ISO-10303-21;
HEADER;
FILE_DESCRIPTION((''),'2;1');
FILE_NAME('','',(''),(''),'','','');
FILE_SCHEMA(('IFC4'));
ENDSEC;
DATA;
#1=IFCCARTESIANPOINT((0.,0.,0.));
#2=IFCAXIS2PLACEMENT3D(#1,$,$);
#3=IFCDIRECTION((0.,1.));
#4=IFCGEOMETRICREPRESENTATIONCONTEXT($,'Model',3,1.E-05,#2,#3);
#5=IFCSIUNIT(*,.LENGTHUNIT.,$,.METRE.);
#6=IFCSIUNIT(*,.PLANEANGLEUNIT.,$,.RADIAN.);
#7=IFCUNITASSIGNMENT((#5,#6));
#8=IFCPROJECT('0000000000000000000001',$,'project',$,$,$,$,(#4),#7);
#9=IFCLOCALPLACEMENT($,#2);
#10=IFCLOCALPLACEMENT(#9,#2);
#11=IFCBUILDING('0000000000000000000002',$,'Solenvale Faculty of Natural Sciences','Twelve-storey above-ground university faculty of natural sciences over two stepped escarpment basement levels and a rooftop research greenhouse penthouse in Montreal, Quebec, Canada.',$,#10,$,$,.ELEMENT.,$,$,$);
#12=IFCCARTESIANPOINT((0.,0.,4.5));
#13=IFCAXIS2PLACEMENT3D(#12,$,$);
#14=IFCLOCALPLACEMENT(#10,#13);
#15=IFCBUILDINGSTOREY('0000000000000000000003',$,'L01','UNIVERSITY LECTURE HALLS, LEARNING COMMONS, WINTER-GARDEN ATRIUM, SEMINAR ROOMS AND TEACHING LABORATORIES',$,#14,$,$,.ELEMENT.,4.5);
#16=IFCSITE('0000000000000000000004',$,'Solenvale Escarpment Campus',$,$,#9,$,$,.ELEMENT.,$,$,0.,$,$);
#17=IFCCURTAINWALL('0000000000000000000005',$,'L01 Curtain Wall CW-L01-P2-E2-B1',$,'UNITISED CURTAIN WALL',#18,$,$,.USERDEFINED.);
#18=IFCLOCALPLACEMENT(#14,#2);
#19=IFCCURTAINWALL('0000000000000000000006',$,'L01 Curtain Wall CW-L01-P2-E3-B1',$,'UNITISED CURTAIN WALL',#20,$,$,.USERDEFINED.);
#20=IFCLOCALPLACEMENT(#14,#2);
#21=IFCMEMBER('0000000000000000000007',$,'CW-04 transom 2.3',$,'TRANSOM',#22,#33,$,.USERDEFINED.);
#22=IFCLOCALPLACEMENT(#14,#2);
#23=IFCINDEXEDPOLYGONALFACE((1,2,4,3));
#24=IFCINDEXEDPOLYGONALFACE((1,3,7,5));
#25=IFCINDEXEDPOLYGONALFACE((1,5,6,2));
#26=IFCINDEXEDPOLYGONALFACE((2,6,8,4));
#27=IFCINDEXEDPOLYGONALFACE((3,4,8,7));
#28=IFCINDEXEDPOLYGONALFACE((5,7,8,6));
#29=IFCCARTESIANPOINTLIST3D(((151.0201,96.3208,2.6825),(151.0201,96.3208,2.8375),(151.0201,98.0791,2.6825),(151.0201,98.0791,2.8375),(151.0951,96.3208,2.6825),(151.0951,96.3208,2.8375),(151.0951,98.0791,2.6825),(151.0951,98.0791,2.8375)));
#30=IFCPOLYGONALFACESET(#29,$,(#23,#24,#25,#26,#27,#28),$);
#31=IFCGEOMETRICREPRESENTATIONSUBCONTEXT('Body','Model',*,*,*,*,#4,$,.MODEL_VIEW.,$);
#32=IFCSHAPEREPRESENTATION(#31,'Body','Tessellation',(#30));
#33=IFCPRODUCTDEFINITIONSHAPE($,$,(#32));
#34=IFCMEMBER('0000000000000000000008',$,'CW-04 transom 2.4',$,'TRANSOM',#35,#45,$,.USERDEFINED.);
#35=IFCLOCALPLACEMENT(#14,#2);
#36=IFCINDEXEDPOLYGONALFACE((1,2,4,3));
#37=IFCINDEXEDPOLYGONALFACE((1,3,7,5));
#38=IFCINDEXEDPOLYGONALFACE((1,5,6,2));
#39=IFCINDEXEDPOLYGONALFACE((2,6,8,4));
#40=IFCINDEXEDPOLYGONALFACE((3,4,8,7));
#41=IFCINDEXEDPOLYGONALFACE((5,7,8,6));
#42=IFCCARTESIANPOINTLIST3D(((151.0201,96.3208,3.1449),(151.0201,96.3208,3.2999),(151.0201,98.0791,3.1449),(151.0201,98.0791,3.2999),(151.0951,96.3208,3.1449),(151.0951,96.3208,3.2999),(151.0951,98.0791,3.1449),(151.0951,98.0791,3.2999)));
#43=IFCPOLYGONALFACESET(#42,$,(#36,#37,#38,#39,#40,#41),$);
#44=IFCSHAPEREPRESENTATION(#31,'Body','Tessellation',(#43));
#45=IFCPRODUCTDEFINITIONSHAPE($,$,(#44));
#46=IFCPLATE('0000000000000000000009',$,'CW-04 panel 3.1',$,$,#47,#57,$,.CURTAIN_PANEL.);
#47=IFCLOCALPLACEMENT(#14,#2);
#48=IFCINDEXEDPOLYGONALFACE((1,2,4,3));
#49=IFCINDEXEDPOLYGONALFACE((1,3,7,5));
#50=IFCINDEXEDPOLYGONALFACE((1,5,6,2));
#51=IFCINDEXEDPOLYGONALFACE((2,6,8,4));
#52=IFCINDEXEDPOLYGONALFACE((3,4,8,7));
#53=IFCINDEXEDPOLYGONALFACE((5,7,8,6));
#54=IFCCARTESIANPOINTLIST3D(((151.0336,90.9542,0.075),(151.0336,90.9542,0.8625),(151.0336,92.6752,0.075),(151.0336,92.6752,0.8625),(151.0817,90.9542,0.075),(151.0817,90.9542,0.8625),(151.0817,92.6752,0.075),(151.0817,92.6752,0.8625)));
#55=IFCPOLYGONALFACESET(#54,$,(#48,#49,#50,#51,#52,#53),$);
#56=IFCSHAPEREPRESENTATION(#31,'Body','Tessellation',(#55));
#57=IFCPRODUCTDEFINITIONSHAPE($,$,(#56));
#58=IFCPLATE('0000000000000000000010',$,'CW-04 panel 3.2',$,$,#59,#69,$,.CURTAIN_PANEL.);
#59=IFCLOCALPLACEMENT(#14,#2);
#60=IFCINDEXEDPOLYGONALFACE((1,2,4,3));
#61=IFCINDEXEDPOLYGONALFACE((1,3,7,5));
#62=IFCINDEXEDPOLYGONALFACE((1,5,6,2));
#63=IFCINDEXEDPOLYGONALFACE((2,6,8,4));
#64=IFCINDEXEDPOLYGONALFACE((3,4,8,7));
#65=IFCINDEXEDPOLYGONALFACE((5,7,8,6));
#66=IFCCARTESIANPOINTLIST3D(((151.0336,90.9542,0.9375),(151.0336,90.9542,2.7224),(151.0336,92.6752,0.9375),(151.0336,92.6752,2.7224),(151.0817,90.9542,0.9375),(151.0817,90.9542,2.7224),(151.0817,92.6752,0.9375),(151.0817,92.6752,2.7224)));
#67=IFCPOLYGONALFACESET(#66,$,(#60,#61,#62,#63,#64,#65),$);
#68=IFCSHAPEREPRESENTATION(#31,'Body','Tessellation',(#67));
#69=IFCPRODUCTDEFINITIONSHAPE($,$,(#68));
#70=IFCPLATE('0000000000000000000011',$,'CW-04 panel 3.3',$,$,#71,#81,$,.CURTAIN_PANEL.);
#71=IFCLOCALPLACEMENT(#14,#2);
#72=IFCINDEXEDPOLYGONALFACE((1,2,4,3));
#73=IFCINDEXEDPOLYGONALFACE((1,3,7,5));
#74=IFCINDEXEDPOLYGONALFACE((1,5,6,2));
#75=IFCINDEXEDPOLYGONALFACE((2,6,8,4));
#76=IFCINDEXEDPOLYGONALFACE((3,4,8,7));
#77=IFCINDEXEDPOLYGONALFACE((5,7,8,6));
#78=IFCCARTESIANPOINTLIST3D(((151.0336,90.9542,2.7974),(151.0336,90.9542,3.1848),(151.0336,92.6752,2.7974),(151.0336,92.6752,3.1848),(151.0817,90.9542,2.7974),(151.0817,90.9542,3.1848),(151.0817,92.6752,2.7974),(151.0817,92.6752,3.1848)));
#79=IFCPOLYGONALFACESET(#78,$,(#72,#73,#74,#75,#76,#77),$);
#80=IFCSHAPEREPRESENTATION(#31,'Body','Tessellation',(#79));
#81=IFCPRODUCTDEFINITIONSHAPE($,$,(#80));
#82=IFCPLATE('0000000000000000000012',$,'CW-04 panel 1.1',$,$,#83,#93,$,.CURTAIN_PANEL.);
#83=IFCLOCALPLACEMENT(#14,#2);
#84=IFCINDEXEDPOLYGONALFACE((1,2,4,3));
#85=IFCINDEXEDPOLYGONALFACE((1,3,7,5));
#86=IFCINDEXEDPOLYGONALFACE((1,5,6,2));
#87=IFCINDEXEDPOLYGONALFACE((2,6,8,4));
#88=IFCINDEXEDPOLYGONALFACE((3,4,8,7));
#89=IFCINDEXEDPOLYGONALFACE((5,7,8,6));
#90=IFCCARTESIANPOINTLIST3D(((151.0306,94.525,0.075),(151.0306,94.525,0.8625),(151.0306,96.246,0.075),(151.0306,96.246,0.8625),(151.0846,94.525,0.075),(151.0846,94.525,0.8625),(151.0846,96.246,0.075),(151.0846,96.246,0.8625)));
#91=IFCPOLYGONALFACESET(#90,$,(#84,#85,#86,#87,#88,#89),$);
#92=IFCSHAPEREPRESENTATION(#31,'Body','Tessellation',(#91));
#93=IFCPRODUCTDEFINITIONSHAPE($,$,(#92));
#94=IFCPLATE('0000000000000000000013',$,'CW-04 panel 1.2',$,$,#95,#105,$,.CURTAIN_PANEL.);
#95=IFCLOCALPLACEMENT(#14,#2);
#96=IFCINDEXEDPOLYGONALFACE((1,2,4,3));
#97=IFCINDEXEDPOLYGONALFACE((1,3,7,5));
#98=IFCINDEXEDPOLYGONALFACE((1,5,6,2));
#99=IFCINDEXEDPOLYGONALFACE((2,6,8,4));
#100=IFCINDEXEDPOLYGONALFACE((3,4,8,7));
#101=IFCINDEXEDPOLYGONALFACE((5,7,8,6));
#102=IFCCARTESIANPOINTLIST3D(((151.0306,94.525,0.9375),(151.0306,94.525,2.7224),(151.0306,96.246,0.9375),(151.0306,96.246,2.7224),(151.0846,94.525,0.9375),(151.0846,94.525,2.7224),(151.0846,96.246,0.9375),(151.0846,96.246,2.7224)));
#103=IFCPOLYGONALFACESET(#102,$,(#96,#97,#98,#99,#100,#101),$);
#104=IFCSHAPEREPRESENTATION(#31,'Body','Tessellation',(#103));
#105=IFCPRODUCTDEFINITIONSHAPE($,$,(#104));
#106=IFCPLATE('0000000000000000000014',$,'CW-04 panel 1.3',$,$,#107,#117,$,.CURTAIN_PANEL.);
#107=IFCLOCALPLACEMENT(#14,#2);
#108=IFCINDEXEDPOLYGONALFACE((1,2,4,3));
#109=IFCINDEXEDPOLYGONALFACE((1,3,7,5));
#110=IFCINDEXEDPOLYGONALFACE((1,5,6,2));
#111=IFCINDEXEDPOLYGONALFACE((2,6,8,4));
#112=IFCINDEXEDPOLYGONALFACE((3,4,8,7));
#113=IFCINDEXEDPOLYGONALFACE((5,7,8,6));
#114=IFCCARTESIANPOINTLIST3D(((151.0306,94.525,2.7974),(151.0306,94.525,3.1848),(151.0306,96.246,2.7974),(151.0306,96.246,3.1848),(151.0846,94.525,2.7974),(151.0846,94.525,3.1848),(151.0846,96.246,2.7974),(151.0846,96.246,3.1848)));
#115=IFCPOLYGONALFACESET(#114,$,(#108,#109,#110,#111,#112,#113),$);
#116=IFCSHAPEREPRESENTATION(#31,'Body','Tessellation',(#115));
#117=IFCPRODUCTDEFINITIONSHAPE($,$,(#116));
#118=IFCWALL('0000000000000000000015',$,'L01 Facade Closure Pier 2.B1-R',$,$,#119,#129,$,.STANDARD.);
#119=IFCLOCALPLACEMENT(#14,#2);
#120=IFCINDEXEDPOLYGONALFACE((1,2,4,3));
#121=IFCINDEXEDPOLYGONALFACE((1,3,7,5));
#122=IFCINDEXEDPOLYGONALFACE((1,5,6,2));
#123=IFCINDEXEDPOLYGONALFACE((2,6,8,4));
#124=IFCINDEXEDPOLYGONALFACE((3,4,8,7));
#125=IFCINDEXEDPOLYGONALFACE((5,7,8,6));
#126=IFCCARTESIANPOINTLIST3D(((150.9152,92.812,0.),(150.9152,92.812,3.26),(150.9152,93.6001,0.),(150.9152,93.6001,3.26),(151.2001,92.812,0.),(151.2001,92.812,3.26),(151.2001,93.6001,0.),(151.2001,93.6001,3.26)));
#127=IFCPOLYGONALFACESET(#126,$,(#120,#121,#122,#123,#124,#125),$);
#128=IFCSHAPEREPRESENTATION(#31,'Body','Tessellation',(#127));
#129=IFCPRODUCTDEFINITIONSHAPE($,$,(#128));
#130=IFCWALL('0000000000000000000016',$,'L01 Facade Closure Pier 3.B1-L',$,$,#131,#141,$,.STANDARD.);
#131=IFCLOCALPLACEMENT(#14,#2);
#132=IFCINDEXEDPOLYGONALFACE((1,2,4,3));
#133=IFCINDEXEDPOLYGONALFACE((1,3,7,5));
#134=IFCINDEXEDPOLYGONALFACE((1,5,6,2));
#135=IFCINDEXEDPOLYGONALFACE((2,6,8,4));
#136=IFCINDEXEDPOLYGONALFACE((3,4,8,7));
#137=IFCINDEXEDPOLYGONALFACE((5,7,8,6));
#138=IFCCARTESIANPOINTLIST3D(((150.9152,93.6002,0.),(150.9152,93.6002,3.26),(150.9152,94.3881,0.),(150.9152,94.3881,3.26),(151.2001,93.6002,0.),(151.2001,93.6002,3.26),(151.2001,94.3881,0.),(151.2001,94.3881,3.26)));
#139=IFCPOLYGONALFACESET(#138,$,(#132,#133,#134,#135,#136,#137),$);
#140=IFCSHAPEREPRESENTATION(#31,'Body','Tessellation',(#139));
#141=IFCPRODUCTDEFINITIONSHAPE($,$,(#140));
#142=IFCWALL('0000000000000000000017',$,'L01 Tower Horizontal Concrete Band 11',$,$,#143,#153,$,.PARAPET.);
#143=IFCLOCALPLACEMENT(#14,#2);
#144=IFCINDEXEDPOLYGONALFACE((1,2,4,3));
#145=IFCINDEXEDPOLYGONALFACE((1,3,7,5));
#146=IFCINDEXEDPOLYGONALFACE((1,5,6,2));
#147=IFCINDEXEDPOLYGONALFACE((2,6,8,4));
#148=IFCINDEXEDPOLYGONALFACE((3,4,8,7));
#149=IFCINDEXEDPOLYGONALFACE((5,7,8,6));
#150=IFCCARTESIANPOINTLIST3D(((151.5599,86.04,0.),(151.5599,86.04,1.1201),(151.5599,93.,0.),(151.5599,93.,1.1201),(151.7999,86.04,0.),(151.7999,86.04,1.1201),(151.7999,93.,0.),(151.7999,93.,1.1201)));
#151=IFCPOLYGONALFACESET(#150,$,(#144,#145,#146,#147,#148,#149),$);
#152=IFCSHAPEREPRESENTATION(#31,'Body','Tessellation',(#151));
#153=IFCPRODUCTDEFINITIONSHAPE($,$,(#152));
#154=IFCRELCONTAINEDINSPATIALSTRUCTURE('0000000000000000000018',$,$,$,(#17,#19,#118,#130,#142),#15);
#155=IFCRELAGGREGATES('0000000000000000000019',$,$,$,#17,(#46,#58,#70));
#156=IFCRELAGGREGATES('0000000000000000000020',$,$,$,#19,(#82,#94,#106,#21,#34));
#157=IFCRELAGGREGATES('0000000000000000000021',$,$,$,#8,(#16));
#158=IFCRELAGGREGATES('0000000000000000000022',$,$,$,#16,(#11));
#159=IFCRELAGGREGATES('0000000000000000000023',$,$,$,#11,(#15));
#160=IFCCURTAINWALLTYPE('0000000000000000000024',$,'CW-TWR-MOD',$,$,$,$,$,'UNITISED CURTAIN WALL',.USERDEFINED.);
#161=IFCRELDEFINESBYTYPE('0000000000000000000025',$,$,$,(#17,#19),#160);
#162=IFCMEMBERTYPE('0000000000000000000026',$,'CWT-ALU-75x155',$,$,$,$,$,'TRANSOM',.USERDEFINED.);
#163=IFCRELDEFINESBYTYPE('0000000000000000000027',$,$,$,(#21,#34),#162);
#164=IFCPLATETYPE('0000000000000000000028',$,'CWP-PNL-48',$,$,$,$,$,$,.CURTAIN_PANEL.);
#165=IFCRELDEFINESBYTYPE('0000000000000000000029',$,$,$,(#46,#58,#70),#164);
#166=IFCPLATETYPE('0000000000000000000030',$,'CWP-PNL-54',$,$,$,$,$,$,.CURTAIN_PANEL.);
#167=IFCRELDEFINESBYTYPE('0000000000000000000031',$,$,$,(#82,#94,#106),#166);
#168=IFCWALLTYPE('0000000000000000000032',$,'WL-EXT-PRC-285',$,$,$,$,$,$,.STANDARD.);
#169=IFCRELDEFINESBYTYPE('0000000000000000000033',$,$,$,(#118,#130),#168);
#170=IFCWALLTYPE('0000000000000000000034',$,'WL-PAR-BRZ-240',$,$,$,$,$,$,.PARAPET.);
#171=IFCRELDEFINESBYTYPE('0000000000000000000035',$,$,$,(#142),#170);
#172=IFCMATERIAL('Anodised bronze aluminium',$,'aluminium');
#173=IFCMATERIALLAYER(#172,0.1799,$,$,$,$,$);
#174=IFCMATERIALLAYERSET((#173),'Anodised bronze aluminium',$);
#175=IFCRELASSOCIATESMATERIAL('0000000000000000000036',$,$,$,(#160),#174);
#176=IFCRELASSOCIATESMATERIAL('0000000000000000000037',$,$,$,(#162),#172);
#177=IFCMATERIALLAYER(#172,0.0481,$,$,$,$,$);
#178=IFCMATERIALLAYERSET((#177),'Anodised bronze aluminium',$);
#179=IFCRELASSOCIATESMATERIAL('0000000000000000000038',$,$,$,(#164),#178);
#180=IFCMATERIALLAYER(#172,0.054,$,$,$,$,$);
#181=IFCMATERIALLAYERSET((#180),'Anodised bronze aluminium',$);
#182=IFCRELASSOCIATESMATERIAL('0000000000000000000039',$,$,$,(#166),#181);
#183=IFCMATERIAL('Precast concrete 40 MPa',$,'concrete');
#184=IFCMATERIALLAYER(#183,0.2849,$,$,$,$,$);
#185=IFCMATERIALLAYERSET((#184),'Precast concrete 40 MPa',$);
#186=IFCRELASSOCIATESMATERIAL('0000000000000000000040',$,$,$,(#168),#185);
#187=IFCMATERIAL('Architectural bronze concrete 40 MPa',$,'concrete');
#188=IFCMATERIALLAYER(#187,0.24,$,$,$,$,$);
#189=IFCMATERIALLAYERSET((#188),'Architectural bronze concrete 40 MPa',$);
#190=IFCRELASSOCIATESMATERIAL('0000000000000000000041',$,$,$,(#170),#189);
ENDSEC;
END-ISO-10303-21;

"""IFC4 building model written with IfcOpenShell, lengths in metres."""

from ifc_helpers import new_model, si_unit, direction, frame, frame_2d, origin, origin_2d, place, context, subcontext, project, spatial, rectangle, extrude, material, layer, layer_set, material_profile, profile_set, type_object, element, aggregate, save


model = new_model("IFC4")

# Units and contexts
model_context = context("Model", 3, precision=1e-05, world=origin(), true_north=direction((0.0, 1.0)))
body_context = subcontext(model_context, "Body", "Model", "MODEL_VIEW")
ifc_project = project(units=[si_unit("LENGTHUNIT", "METRE"), si_unit("PLANEANGLEUNIT", "RADIAN")], contexts=[model_context])

# Site, building, storey
site_placement = place(None, origin())
site = spatial("IfcSite", under=ifc_project, at=site_placement, Name="Solenvale Escarpment Campus", CompositionType="ELEMENT", RefElevation=0.0)
building_placement = place(site_placement, origin())
building = spatial("IfcBuilding", under=site, at=building_placement, Name="Solenvale Faculty of Natural Sciences", Description="Twelve-storey above-ground university faculty of natural sciences over two stepped escarpment basement levels and a rooftop research greenhouse penthouse in Montreal, Quebec, Canada.", CompositionType="ELEMENT")
storey_placement = place(building_placement, frame((0.0, 0.0, 4.5)))
storey = spatial("IfcBuildingStorey", under=building, at=storey_placement, Name="L01", Description="UNIVERSITY LECTURE HALLS, LEARNING COMMONS, WINTER-GARDEN ATRIUM, SEMINAR ROOMS AND TEACHING LABORATORIES", CompositionType="ELEMENT", Elevation=4.5)

# Curtain wall
ifc_material_1 = material(Name="Anodised bronze aluminium", Category="aluminium")
ifc_layer_1 = layer(ifc_material_1, 0.1799)
ifc_layer_set_1 = layer_set([ifc_layer_1], Name="Anodised bronze aluminium")
curtain_wall_type = type_object("IfcCurtainWallType", Name="CW-TWR-MOD", ElementType="UNITISED CURTAIN WALL", PredefinedType="USERDEFINED", material=ifc_layer_set_1)
curtain_wall_1_placement = place(storey_placement, origin())
curtain_wall_1 = element("IfcCurtainWall", 1, at=curtain_wall_1_placement, inside=storey, type_object=curtain_wall_type, Name="L01 Curtain Wall CW-L01-P2-E2-B1", ObjectType="UNITISED CURTAIN WALL", PredefinedType="USERDEFINED")

# Curtain wall
curtain_wall_2_placement = place(storey_placement, origin())
curtain_wall_2 = element("IfcCurtainWall", 2, at=curtain_wall_2_placement, inside=storey, type_object=curtain_wall_type, Name="L01 Curtain Wall CW-L01-P2-E3-B1", ObjectType="UNITISED CURTAIN WALL", PredefinedType="USERDEFINED")

# Members
ifc_material_profile_1 = material_profile(ifc_material_1, rectangle(XDim=0.075, YDim=0.155, at=origin_2d()), Name="ALU-TRN-75x155")
ifc_profile_set_1 = profile_set([ifc_material_profile_1], Name="Anodised bronze aluminium")
member_type_1 = type_object("IfcMemberType", Name="CWT-ALU-75x155", ElementType="TRANSOM", PredefinedType="USERDEFINED", material=ifc_profile_set_1)
member_1_placement = place(storey_placement, frame((151.0576, 96.3208, 2.76), z_axis=(0.0, 1.0, 0.0), x_axis=(-1.0, 0.0, 0.0)))
member_1 = element("IfcMember", 3, at=member_1_placement, type_object=member_type_1, Name="CW-04 transom 2.3", ObjectType="TRANSOM", PredefinedType="USERDEFINED", context=body_context, shape_type="SweptSolid", body=[
    extrude(rectangle(XDim=0.075, YDim=0.155, at=origin_2d()), origin(), (0.0, 0.0, 1.0), 1.7583),
])
member_2_placement = place(storey_placement, frame((151.0576, 96.3208, 3.2224), z_axis=(0.0, 1.0, 0.0), x_axis=(-1.0, 0.0, 0.0)))
member_2 = element("IfcMember", 4, at=member_2_placement, type_object=member_type_1, Name="CW-04 transom 2.4", ObjectType="TRANSOM", PredefinedType="USERDEFINED", context=body_context, shape_type="SweptSolid", body=[
    extrude(rectangle(XDim=0.075, YDim=0.155, at=origin_2d()), origin(), (0.0, 0.0, 1.0), 1.7583),
])

# Plates
ifc_layer_2 = layer(ifc_material_1, 0.0481)
ifc_layer_set_2 = layer_set([ifc_layer_2], Name="Anodised bronze aluminium")
plate_type_1 = type_object("IfcPlateType", Name="CWP-PNL-48", PredefinedType="CURTAIN_PANEL", material=ifc_layer_set_2)
plate_1_placement = place(storey_placement, frame((151.0576, 91.8147, 0.075), z_axis=(0.0, 0.0, 1.0), x_axis=(0.0, 1.0, 0.0)))
plate_1 = element("IfcPlate", 5, at=plate_1_placement, type_object=plate_type_1, Name="CW-04 panel 3.1", PredefinedType="CURTAIN_PANEL", context=body_context, shape_type="SweptSolid", body=[
    extrude(rectangle(XDim=1.7209, YDim=0.0481, at=origin_2d()), origin(), (0.0, 0.0, 1.0), 0.7876),
])
plate_2_placement = place(storey_placement, frame((151.0576, 91.8147, 0.9375), z_axis=(0.0, 0.0, 1.0), x_axis=(0.0, 1.0, 0.0)))
plate_2 = element("IfcPlate", 6, at=plate_2_placement, type_object=plate_type_1, Name="CW-04 panel 3.2", PredefinedType="CURTAIN_PANEL", context=body_context, shape_type="SweptSolid", body=[
    extrude(rectangle(XDim=1.7209, YDim=0.0481, at=origin_2d()), origin(), (0.0, 0.0, 1.0), 1.7849),
])
plate_3_placement = place(storey_placement, frame((151.0576, 91.8147, 2.7974), z_axis=(0.0, 0.0, 1.0), x_axis=(0.0, 1.0, 0.0)))
plate_3 = element("IfcPlate", 7, at=plate_3_placement, type_object=plate_type_1, Name="CW-04 panel 3.3", PredefinedType="CURTAIN_PANEL", context=body_context, shape_type="SweptSolid", body=[
    extrude(rectangle(XDim=1.7209, YDim=0.0481, at=origin_2d()), origin(), (0.0, 0.0, 1.0), 0.3875),
])
aggregate(curtain_wall_1, [plate_1, plate_2, plate_3])
ifc_layer_3 = layer(ifc_material_1, 0.054)
ifc_layer_set_3 = layer_set([ifc_layer_3], Name="Anodised bronze aluminium")
plate_type_2 = type_object("IfcPlateType", Name="CWP-PNL-54", PredefinedType="CURTAIN_PANEL", material=ifc_layer_set_3)
plate_4_placement = place(storey_placement, frame((151.0576, 95.3855, 0.075), z_axis=(0.0, 0.0, 1.0), x_axis=(0.0, 1.0, 0.0)))
plate_4 = element("IfcPlate", 8, at=plate_4_placement, type_object=plate_type_2, Name="CW-04 panel 1.1", PredefinedType="CURTAIN_PANEL", context=body_context, shape_type="SweptSolid", body=[
    extrude(rectangle(XDim=1.7209, YDim=0.054, at=origin_2d()), origin(), (0.0, 0.0, 1.0), 0.7876),
])
plate_5_placement = place(storey_placement, frame((151.0576, 95.3855, 0.9375), z_axis=(0.0, 0.0, 1.0), x_axis=(0.0, 1.0, 0.0)))
plate_5 = element("IfcPlate", 9, at=plate_5_placement, type_object=plate_type_2, Name="CW-04 panel 1.2", PredefinedType="CURTAIN_PANEL", context=body_context, shape_type="SweptSolid", body=[
    extrude(rectangle(XDim=1.7209, YDim=0.054, at=origin_2d()), origin(), (0.0, 0.0, 1.0), 1.7849),
])
plate_6_placement = place(storey_placement, frame((151.0576, 95.3855, 2.7974), z_axis=(0.0, 0.0, 1.0), x_axis=(0.0, 1.0, 0.0)))
plate_6 = element("IfcPlate", 10, at=plate_6_placement, type_object=plate_type_2, Name="CW-04 panel 1.3", PredefinedType="CURTAIN_PANEL", context=body_context, shape_type="SweptSolid", body=[
    extrude(rectangle(XDim=1.7209, YDim=0.054, at=origin_2d()), origin(), (0.0, 0.0, 1.0), 0.3875),
])
aggregate(curtain_wall_2, [plate_4, plate_5, plate_6, member_1, member_2])

# Walls
ifc_material_2 = material(Name="Precast concrete 40 MPa", Category="concrete")
ifc_layer_4 = layer(ifc_material_2, 0.2849)
ifc_layer_set_4 = layer_set([ifc_layer_4], Name="Precast concrete 40 MPa")
wall_type_1 = type_object("IfcWallType", Name="WL-EXT-PRC-285", PredefinedType="STANDARD", material=ifc_layer_set_4)
wall_1_placement = place(storey_placement, frame((151.0576, 92.812, 0.0), z_axis=(0.0, 0.0, 1.0), x_axis=(0.0, 1.0, 0.0)))
element("IfcWall", 11, at=wall_1_placement, inside=storey, type_object=wall_type_1, Name="L01 Facade Closure Pier 2.B1-R", PredefinedType="STANDARD", context=body_context, shape_type="SweptSolid", body=[
    extrude(rectangle(XDim=0.7881, YDim=0.2849, at=frame_2d((0.394, 0.0))), origin(), (0.0, 0.0, 1.0), 3.26),
])
wall_2_placement = place(storey_placement, frame((151.0576, 93.6001, 0.0), z_axis=(0.0, 0.0, 1.0), x_axis=(0.0, 1.0, 0.0)))
element("IfcWall", 12, at=wall_2_placement, inside=storey, type_object=wall_type_1, Name="L01 Facade Closure Pier 3.B1-L", PredefinedType="STANDARD", context=body_context, shape_type="SweptSolid", body=[
    extrude(rectangle(XDim=0.7878, YDim=0.2849, at=frame_2d((0.394, 0.0))), origin(), (0.0, 0.0, 1.0), 3.26),
])
ifc_material_3 = material(Name="Architectural bronze concrete 40 MPa", Category="concrete")
ifc_layer_5 = layer(ifc_material_3, 0.24)
ifc_layer_set_5 = layer_set([ifc_layer_5], Name="Architectural bronze concrete 40 MPa")
wall_type_2 = type_object("IfcWallType", Name="WL-PAR-BRZ-240", PredefinedType="PARAPET", material=ifc_layer_set_5)
wall_3_placement = place(storey_placement, frame((151.6799, 93.0, 0.0), z_axis=(0.0, 0.0, 1.0), x_axis=(0.0, -1.0, 0.0)))
element("IfcWall", 13, at=wall_3_placement, inside=storey, type_object=wall_type_2, Name="L01 Tower Horizontal Concrete Band 11", PredefinedType="PARAPET", context=body_context, shape_type="SweptSolid", body=[
    extrude(rectangle(XDim=6.96, YDim=0.24, at=frame_2d((3.48, 0.0))), origin(), (0.0, 0.0, 1.0), 1.1201),
])

save(model, "model.ifc")
